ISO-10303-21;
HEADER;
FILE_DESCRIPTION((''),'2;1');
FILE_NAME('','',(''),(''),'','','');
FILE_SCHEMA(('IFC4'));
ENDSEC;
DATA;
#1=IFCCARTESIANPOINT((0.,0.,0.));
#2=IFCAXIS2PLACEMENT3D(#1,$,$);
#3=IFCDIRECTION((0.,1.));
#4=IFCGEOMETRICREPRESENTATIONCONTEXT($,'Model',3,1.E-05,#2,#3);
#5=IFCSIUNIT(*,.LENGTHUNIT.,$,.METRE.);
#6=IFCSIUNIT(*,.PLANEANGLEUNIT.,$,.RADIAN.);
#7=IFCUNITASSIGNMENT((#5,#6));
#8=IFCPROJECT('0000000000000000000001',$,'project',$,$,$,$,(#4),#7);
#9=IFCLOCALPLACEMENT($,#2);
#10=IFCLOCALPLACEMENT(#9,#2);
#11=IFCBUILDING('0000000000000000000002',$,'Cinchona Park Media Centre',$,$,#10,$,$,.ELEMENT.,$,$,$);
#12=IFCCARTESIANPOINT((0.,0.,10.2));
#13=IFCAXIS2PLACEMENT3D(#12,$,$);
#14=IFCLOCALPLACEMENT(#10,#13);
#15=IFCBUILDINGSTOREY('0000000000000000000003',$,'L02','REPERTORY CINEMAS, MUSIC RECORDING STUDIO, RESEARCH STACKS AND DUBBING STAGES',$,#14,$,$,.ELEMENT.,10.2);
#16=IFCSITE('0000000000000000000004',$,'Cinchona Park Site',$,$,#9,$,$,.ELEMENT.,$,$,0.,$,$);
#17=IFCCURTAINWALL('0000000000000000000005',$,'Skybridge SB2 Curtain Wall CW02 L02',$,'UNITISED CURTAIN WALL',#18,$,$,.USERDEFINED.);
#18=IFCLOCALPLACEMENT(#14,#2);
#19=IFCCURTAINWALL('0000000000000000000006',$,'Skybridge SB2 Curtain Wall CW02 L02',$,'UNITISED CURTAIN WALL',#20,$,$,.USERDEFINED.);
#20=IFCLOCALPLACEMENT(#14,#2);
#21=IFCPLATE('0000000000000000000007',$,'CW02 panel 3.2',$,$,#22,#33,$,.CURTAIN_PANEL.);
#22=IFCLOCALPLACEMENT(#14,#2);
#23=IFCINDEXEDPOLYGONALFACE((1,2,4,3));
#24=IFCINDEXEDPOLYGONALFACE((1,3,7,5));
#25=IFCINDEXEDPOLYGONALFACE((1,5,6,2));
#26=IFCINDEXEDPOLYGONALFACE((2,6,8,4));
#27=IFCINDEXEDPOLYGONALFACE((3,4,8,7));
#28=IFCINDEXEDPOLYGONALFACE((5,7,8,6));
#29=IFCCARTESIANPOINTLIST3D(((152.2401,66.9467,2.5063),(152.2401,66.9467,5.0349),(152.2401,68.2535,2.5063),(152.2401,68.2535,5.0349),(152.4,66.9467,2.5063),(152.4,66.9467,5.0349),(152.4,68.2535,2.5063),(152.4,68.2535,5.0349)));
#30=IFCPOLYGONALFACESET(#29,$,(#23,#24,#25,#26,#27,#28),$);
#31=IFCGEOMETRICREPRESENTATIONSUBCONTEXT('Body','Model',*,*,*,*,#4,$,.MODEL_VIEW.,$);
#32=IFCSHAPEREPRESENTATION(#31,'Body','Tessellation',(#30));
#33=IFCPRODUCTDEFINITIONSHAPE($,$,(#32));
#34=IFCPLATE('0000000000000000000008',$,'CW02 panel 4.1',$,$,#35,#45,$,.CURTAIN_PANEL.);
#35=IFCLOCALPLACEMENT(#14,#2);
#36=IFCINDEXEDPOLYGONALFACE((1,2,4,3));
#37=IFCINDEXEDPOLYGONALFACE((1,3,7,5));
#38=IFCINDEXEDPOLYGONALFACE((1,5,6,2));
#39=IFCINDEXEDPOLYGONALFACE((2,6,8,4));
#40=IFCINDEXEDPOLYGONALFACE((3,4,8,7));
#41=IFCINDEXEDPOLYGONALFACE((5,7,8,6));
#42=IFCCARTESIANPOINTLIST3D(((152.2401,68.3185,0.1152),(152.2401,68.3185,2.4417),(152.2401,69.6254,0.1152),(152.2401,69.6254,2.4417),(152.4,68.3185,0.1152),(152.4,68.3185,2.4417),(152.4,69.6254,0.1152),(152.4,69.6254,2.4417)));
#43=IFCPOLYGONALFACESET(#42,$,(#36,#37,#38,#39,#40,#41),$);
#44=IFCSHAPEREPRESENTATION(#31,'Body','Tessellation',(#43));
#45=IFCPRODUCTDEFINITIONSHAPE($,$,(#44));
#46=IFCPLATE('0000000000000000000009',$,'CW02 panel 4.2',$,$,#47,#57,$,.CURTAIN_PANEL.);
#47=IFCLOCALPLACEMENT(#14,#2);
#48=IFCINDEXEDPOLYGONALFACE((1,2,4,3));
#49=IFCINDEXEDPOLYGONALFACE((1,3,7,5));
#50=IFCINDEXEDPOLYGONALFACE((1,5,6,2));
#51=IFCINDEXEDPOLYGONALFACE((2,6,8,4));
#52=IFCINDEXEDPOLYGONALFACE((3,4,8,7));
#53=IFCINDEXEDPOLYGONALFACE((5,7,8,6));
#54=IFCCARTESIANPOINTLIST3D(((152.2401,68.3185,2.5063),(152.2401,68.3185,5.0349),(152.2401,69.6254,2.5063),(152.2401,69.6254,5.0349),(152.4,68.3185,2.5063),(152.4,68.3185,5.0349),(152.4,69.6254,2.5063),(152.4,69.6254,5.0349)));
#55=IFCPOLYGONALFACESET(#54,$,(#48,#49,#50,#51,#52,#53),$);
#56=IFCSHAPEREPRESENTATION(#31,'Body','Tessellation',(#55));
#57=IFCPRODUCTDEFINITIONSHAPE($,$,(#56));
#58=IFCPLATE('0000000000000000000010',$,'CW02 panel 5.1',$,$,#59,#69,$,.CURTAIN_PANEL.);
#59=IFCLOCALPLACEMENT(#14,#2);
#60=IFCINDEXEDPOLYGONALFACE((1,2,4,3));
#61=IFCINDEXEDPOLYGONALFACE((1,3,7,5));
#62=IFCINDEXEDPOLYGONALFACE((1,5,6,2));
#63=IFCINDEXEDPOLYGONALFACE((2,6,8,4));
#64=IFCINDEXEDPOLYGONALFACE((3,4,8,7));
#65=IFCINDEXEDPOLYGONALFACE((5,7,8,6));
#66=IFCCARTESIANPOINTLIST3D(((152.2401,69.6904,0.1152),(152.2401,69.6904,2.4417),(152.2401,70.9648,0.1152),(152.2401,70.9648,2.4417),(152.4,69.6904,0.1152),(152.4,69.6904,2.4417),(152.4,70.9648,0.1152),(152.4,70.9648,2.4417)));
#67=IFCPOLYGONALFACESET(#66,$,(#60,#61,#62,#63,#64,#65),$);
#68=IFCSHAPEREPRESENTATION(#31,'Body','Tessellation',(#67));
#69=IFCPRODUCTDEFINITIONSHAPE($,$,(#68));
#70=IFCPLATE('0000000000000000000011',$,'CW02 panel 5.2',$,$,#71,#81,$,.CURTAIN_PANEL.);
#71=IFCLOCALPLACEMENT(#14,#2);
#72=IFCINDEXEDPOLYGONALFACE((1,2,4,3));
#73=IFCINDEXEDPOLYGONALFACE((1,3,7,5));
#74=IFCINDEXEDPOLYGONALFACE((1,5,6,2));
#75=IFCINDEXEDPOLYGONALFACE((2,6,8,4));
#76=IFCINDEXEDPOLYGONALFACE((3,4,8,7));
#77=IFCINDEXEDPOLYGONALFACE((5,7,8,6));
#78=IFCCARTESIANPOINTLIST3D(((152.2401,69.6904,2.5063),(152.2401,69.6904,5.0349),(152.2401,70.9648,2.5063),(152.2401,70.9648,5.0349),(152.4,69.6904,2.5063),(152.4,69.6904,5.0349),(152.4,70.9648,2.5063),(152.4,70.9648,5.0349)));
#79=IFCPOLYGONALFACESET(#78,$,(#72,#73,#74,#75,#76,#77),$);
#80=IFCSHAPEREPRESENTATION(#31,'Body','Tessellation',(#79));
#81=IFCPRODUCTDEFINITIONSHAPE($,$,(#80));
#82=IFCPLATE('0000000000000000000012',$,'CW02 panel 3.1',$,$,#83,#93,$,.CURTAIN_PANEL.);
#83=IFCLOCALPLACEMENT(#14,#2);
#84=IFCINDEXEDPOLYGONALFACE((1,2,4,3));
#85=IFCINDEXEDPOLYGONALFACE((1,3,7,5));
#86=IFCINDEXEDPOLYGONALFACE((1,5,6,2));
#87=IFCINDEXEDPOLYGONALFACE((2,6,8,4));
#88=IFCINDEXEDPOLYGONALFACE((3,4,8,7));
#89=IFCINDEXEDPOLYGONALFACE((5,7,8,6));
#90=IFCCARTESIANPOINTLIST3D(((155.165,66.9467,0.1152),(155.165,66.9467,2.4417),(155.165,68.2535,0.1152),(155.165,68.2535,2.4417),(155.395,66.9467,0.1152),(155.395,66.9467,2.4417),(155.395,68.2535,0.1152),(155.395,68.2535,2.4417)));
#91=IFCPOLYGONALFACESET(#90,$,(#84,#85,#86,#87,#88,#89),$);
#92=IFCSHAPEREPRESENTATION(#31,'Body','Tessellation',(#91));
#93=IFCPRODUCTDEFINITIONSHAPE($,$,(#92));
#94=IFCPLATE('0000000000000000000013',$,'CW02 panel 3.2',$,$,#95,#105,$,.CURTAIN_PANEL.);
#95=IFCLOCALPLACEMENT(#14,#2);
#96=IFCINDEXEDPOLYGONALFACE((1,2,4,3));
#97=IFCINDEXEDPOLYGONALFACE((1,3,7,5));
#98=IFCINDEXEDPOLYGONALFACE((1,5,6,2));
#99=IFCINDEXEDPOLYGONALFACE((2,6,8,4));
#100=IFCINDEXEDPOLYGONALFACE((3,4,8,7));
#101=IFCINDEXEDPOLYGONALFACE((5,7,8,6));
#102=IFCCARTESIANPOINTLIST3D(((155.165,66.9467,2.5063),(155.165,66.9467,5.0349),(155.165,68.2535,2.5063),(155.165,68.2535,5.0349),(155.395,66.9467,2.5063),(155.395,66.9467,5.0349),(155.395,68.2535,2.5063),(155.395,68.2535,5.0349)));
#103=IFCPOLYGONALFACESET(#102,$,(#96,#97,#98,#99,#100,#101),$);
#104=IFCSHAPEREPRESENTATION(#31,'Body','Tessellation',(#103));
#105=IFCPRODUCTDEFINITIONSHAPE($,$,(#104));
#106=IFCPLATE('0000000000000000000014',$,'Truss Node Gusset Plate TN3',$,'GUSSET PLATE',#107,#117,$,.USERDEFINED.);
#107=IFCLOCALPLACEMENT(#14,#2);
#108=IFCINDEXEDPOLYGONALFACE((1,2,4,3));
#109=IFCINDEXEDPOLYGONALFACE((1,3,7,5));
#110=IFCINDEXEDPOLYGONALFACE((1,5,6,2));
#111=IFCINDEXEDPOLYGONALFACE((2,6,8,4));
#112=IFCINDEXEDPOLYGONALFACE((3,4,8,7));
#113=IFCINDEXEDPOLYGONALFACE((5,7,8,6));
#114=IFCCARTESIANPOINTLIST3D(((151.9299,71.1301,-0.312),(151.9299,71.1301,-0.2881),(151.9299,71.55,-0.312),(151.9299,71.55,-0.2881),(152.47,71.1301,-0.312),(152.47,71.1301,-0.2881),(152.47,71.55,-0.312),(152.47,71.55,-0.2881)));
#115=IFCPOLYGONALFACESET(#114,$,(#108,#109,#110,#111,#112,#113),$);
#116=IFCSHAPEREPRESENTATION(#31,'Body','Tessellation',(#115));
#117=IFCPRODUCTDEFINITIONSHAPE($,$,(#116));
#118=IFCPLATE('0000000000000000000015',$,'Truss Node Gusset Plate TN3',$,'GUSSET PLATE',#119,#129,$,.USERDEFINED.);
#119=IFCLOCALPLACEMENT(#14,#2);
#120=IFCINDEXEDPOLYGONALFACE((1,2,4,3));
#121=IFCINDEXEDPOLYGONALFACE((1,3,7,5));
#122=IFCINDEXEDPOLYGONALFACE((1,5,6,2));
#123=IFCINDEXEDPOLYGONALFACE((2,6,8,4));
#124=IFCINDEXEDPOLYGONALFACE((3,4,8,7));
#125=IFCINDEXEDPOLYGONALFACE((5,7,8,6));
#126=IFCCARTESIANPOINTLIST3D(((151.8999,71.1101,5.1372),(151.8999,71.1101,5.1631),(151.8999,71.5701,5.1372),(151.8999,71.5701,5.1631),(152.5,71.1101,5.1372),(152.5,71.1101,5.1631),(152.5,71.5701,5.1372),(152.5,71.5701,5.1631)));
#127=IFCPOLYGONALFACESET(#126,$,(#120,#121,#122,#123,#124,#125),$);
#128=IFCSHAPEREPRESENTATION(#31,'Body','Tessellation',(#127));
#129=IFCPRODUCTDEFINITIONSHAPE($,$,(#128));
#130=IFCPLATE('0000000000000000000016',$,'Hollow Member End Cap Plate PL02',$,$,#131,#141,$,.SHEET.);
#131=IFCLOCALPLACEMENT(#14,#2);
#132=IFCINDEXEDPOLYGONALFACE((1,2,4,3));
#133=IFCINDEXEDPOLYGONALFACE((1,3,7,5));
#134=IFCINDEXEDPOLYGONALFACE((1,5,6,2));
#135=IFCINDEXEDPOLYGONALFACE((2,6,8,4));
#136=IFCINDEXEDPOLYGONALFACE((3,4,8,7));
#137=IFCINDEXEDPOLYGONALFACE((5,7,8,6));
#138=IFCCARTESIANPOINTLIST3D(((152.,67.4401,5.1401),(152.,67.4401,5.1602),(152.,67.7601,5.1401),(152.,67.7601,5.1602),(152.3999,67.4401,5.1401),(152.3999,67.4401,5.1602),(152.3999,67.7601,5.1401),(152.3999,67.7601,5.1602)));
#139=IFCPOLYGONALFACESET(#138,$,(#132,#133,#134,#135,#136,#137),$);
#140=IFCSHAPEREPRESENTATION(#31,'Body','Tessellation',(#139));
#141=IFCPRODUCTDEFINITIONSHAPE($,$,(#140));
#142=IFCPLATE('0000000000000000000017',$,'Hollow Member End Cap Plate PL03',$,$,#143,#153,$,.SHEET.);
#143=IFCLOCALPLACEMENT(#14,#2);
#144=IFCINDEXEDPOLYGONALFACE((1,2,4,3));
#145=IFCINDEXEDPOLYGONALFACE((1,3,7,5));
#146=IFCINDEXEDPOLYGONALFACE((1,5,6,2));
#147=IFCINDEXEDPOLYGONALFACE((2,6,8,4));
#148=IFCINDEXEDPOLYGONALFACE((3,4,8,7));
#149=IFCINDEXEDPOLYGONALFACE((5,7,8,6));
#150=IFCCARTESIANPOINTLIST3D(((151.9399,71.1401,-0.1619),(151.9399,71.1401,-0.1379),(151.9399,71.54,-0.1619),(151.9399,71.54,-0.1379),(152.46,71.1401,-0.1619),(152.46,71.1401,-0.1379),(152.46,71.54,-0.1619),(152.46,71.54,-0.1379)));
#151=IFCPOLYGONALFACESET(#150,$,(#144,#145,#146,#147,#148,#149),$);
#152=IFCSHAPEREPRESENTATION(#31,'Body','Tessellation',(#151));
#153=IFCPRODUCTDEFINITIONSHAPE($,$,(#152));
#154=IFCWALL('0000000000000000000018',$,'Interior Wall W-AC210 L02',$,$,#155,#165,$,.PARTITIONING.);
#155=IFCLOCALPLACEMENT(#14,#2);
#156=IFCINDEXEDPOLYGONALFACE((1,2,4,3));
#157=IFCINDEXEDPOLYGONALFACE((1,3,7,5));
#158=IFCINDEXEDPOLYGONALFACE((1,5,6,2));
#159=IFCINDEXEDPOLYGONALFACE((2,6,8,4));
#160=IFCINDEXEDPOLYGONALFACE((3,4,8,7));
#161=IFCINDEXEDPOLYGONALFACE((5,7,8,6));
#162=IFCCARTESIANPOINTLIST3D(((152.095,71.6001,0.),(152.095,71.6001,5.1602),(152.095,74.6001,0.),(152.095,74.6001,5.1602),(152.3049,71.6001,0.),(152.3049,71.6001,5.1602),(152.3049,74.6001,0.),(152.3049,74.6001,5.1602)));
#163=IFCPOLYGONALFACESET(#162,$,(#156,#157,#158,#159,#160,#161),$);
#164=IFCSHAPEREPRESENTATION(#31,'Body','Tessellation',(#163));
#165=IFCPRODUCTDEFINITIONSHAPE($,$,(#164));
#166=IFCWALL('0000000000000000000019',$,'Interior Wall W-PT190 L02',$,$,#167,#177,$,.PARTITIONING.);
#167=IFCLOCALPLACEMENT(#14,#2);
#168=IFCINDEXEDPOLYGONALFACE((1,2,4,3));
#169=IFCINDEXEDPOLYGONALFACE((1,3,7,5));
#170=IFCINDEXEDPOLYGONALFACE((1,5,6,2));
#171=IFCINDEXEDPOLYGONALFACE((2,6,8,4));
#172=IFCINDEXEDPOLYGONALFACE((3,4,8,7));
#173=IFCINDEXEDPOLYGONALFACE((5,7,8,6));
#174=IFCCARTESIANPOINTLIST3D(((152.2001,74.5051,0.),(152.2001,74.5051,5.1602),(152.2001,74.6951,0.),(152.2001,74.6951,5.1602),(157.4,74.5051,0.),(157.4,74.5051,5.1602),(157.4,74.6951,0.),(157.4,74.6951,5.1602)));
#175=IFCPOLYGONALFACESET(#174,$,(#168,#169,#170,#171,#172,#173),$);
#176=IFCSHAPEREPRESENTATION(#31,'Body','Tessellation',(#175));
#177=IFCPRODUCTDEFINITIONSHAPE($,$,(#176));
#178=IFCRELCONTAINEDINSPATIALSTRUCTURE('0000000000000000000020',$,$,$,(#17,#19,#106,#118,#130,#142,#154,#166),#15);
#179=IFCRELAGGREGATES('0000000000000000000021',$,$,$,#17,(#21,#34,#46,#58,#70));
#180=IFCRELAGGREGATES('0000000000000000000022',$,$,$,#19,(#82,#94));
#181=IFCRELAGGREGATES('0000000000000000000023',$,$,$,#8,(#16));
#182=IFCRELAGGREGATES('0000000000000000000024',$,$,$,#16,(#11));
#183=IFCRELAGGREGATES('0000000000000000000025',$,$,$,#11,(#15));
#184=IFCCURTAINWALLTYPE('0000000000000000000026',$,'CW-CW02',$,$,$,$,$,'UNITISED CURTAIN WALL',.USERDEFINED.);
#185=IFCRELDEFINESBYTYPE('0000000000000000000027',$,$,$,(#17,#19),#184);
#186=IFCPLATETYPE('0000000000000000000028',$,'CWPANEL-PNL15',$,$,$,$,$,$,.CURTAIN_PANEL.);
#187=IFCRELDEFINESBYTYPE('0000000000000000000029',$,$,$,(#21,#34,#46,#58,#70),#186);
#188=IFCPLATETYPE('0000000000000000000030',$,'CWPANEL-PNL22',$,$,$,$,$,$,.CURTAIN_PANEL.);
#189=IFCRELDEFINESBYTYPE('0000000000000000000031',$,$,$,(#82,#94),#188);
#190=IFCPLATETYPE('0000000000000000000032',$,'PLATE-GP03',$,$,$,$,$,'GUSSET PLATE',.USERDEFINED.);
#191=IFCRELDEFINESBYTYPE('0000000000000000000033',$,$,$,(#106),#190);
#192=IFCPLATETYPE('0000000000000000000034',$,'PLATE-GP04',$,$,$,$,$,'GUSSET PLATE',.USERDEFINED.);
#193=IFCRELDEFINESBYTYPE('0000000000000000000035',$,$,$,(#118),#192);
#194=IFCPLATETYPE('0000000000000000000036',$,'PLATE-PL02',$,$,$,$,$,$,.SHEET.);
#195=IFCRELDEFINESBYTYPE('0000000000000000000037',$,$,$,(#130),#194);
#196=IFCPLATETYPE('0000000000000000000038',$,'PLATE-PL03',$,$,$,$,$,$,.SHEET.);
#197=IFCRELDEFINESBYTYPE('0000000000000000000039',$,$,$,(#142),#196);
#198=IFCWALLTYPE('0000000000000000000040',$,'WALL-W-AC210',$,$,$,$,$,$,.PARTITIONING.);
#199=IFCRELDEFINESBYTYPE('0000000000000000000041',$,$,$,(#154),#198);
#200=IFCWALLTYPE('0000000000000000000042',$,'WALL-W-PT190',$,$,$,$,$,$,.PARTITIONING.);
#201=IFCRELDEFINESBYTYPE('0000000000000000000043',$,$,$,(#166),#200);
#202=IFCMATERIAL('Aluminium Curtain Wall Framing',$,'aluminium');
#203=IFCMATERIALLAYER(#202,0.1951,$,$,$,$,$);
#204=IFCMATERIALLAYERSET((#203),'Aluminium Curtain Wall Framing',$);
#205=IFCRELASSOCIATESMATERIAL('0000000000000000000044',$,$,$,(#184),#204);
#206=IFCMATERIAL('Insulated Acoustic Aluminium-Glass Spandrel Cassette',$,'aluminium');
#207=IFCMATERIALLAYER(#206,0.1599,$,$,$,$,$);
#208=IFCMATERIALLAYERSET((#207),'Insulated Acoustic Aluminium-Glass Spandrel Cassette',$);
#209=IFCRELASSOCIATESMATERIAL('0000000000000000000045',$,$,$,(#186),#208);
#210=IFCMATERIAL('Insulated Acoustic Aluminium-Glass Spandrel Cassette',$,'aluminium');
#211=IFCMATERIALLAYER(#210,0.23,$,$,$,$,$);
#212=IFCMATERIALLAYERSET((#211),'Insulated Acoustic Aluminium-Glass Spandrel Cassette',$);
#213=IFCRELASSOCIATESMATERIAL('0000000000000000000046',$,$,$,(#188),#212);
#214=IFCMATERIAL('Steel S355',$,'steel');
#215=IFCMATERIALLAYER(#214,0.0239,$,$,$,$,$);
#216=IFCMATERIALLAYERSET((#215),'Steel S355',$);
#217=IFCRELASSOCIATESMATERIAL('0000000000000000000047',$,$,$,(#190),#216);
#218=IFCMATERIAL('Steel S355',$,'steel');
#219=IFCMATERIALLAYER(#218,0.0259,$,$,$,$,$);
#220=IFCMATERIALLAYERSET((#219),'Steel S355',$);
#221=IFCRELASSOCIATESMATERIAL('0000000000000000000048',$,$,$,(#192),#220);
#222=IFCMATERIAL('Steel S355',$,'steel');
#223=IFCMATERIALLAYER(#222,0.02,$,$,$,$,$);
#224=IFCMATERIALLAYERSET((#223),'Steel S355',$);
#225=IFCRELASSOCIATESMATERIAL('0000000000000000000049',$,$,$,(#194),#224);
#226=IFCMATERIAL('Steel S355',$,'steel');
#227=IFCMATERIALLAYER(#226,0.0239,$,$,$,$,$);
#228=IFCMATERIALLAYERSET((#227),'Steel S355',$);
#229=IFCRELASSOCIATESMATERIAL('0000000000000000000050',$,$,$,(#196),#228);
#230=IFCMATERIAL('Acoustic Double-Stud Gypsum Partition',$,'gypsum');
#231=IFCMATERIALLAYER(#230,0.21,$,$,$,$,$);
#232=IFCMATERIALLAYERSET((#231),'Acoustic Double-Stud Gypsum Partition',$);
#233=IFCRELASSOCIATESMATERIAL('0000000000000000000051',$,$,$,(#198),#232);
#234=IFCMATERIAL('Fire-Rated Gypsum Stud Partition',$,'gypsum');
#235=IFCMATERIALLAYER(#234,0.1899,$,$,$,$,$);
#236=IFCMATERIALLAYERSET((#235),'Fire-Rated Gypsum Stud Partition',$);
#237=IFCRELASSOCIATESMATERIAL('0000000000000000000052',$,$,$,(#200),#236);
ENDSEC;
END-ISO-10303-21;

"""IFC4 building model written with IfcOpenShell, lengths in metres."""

from ifc_helpers import new_model, si_unit, direction, frame, frame_2d, origin, origin_2d, place, context, subcontext, project, spatial, rectangle, extrude, material, layer, layer_set, type_object, element, aggregate, save


model = new_model("IFC4")

# Units and contexts
model_context = context("Model", 3, precision=1e-05, world=origin(), true_north=direction((0.0, 1.0)))
body_context = subcontext(model_context, "Body", "Model", "MODEL_VIEW")
ifc_project = project(units=[si_unit("LENGTHUNIT", "METRE"), si_unit("PLANEANGLEUNIT", "RADIAN")], contexts=[model_context])

# Site, building, storey
site_placement = place(None, origin())
site = spatial("IfcSite", under=ifc_project, at=site_placement, Name="Cinchona Park Site", CompositionType="ELEMENT", RefElevation=0.0)
building_placement = place(site_placement, origin())
building = spatial("IfcBuilding", under=site, at=building_placement, Name="Cinchona Park Media Centre", CompositionType="ELEMENT")
storey_placement = place(building_placement, frame((0.0, 0.0, 10.2)))
storey = spatial("IfcBuildingStorey", under=building, at=storey_placement, Name="L02", Description="REPERTORY CINEMAS, MUSIC RECORDING STUDIO, RESEARCH STACKS AND DUBBING STAGES", CompositionType="ELEMENT", Elevation=10.2)

# Curtain wall
ifc_material_1 = material(Name="Aluminium Curtain Wall Framing", Category="aluminium")
ifc_layer_1 = layer(ifc_material_1, 0.1951)
ifc_layer_set_1 = layer_set([ifc_layer_1], Name="Aluminium Curtain Wall Framing")
curtain_wall_type = type_object("IfcCurtainWallType", Name="CW-CW02", ElementType="UNITISED CURTAIN WALL", PredefinedType="USERDEFINED", material=ifc_layer_set_1)
curtain_wall_1_placement = place(storey_placement, origin())
curtain_wall_1 = element("IfcCurtainWall", 1, at=curtain_wall_1_placement, inside=storey, type_object=curtain_wall_type, Name="Skybridge SB2 Curtain Wall CW02 L02", ObjectType="UNITISED CURTAIN WALL", PredefinedType="USERDEFINED")

# Curtain wall
curtain_wall_2_placement = place(storey_placement, origin())
curtain_wall_2 = element("IfcCurtainWall", 2, at=curtain_wall_2_placement, inside=storey, type_object=curtain_wall_type, Name="Skybridge SB2 Curtain Wall CW02 L02", ObjectType="UNITISED CURTAIN WALL", PredefinedType="USERDEFINED")

# Plates
ifc_material_2 = material(Name="Insulated Acoustic Aluminium-Glass Spandrel Cassette", Category="aluminium")
ifc_layer_2 = layer(ifc_material_2, 0.1599)
ifc_layer_set_2 = layer_set([ifc_layer_2], Name="Insulated Acoustic Aluminium-Glass Spandrel Cassette")
plate_type_1 = type_object("IfcPlateType", Name="CWPANEL-PNL15", PredefinedType="CURTAIN_PANEL", material=ifc_layer_set_2)
plate_1_placement = place(storey_placement, frame((152.3201, 67.6001, 2.5063), z_axis=(0.0, 0.0, 1.0), x_axis=(0.0, 1.0, 0.0)))
plate_1 = element("IfcPlate", 3, at=plate_1_placement, type_object=plate_type_1, Name="CW02 panel 3.2", PredefinedType="CURTAIN_PANEL", context=body_context, shape_type="SweptSolid", body=[
    extrude(rectangle(XDim=1.3069, YDim=0.1599, at=origin_2d()), origin(), (0.0, 0.0, 1.0), 2.5286),
])
plate_2_placement = place(storey_placement, frame((152.3201, 68.9719, 0.1152), z_axis=(0.0, 0.0, 1.0), x_axis=(0.0, 1.0, 0.0)))
plate_2 = element("IfcPlate", 4, at=plate_2_placement, type_object=plate_type_1, Name="CW02 panel 4.1", PredefinedType="CURTAIN_PANEL", context=body_context, shape_type="SweptSolid", body=[
    extrude(rectangle(XDim=1.3069, YDim=0.1599, at=origin_2d()), origin(), (0.0, 0.0, 1.0), 2.3264),
])
plate_3_placement = place(storey_placement, frame((152.3201, 68.9719, 2.5063), z_axis=(0.0, 0.0, 1.0), x_axis=(0.0, 1.0, 0.0)))
plate_3 = element("IfcPlate", 5, at=plate_3_placement, type_object=plate_type_1, Name="CW02 panel 4.2", PredefinedType="CURTAIN_PANEL", context=body_context, shape_type="SweptSolid", body=[
    extrude(rectangle(XDim=1.3069, YDim=0.1599, at=origin_2d()), origin(), (0.0, 0.0, 1.0), 2.5286),
])
plate_4_placement = place(storey_placement, frame((152.3201, 70.3276, 0.1152), z_axis=(0.0, 0.0, 1.0), x_axis=(0.0, 1.0, 0.0)))
plate_4 = element("IfcPlate", 6, at=plate_4_placement, type_object=plate_type_1, Name="CW02 panel 5.1", PredefinedType="CURTAIN_PANEL", context=body_context, shape_type="SweptSolid", body=[
    extrude(rectangle(XDim=1.2744, YDim=0.1599, at=origin_2d()), origin(), (0.0, 0.0, 1.0), 2.3264),
])
plate_5_placement = place(storey_placement, frame((152.3201, 70.3276, 2.5063), z_axis=(0.0, 0.0, 1.0), x_axis=(0.0, 1.0, 0.0)))
plate_5 = element("IfcPlate", 7, at=plate_5_placement, type_object=plate_type_1, Name="CW02 panel 5.2", PredefinedType="CURTAIN_PANEL", context=body_context, shape_type="SweptSolid", body=[
    extrude(rectangle(XDim=1.2744, YDim=0.1599, at=origin_2d()), origin(), (0.0, 0.0, 1.0), 2.5286),
])
aggregate(curtain_wall_1, [plate_1, plate_2, plate_3, plate_4, plate_5])
ifc_material_3 = material(Name="Insulated Acoustic Aluminium-Glass Spandrel Cassette", Category="aluminium")
ifc_layer_3 = layer(ifc_material_3, 0.23)
ifc_layer_set_3 = layer_set([ifc_layer_3], Name="Insulated Acoustic Aluminium-Glass Spandrel Cassette")
plate_type_2 = type_object("IfcPlateType", Name="CWPANEL-PNL22", PredefinedType="CURTAIN_PANEL", material=ifc_layer_set_3)
plate_6_placement = place(storey_placement, frame((155.28, 67.6001, 0.1152), z_axis=(0.0, 0.0, 1.0), x_axis=(0.0, -1.0, 0.0)))
plate_6 = element("IfcPlate", 8, at=plate_6_placement, type_object=plate_type_2, Name="CW02 panel 3.1", PredefinedType="CURTAIN_PANEL", context=body_context, shape_type="SweptSolid", body=[
    extrude(rectangle(XDim=1.3069, YDim=0.23, at=origin_2d()), origin(), (0.0, 0.0, 1.0), 2.3264),
])
plate_7_placement = place(storey_placement, frame((155.28, 67.6001, 2.5063), z_axis=(0.0, 0.0, 1.0), x_axis=(0.0, -1.0, 0.0)))
plate_7 = element("IfcPlate", 9, at=plate_7_placement, type_object=plate_type_2, Name="CW02 panel 3.2", PredefinedType="CURTAIN_PANEL", context=body_context, shape_type="SweptSolid", body=[
    extrude(rectangle(XDim=1.3069, YDim=0.23, at=origin_2d()), origin(), (0.0, 0.0, 1.0), 2.5286),
])
aggregate(curtain_wall_2, [plate_6, plate_7])

# Plates
ifc_material_4 = material(Name="Steel S355", Category="steel")
ifc_layer_4 = layer(ifc_material_4, 0.0239)
ifc_layer_set_4 = layer_set([ifc_layer_4], Name="Steel S355")
plate_type_3 = type_object("IfcPlateType", Name="PLATE-GP03", ElementType="GUSSET PLATE", PredefinedType="USERDEFINED", material=ifc_layer_set_4)
plate_8_placement = place(storey_placement, frame((152.2, 71.3401, -0.312), z_axis=(0.0, 0.0, 1.0), x_axis=(1.0, 0.0, 0.0)))
element("IfcPlate", 10, at=plate_8_placement, inside=storey, type_object=plate_type_3, Name="Truss Node Gusset Plate TN3", ObjectType="GUSSET PLATE", PredefinedType="USERDEFINED", context=body_context, shape_type="SweptSolid", body=[
    extrude(rectangle(XDim=0.54, YDim=0.4199, at=origin_2d()), origin(), (0.0, 0.0, 1.0), 0.0239),
])
ifc_material_5 = material(Name="Steel S355", Category="steel")
ifc_layer_5 = layer(ifc_material_5, 0.0259)
ifc_layer_set_5 = layer_set([ifc_layer_5], Name="Steel S355")
plate_type_4 = type_object("IfcPlateType", Name="PLATE-GP04", ElementType="GUSSET PLATE", PredefinedType="USERDEFINED", material=ifc_layer_set_5)
plate_9_placement = place(storey_placement, frame((152.2, 71.3401, 5.1372), z_axis=(0.0, 0.0, 1.0), x_axis=(1.0, 0.0, 0.0)))
element("IfcPlate", 11, at=plate_9_placement, inside=storey, type_object=plate_type_4, Name="Truss Node Gusset Plate TN3", ObjectType="GUSSET PLATE", PredefinedType="USERDEFINED", context=body_context, shape_type="SweptSolid", body=[
    extrude(rectangle(XDim=0.6001, YDim=0.46, at=origin_2d()), origin(), (0.0, 0.0, 1.0), 0.0259),
])
ifc_material_6 = material(Name="Steel S355", Category="steel")
ifc_layer_6 = layer(ifc_material_6, 0.02)
ifc_layer_set_6 = layer_set([ifc_layer_6], Name="Steel S355")
plate_type_5 = type_object("IfcPlateType", Name="PLATE-PL02", PredefinedType="SHEET", material=ifc_layer_set_6)
plate_10_placement = place(storey_placement, frame((152.2, 67.6001, 5.1401), z_axis=(0.0, 0.0, 1.0), x_axis=(1.0, 0.0, 0.0)))
element("IfcPlate", 12, at=plate_10_placement, inside=storey, type_object=plate_type_5, Name="Hollow Member End Cap Plate PL02", PredefinedType="SHEET", context=body_context, shape_type="SweptSolid", body=[
    extrude(rectangle(XDim=0.3999, YDim=0.3201, at=origin_2d()), origin(), (0.0, 0.0, 1.0), 0.02),
])
ifc_material_7 = material(Name="Steel S355", Category="steel")
ifc_layer_7 = layer(ifc_material_7, 0.0239)
ifc_layer_set_7 = layer_set([ifc_layer_7], Name="Steel S355")
plate_type_6 = type_object("IfcPlateType", Name="PLATE-PL03", PredefinedType="SHEET", material=ifc_layer_set_7)
plate_11_placement = place(storey_placement, frame((152.2, 71.3401, -0.1619), z_axis=(0.0, 0.0, 1.0), x_axis=(1.0, 0.0, 0.0)))
element("IfcPlate", 13, at=plate_11_placement, inside=storey, type_object=plate_type_6, Name="Hollow Member End Cap Plate PL03", PredefinedType="SHEET", context=body_context, shape_type="SweptSolid", body=[
    extrude(rectangle(XDim=0.52, YDim=0.3999, at=origin_2d()), origin(), (0.0, 0.0, 1.0), 0.0239),
])

# Walls
ifc_material_8 = material(Name="Acoustic Double-Stud Gypsum Partition", Category="gypsum")
ifc_layer_8 = layer(ifc_material_8, 0.21)
ifc_layer_set_8 = layer_set([ifc_layer_8], Name="Acoustic Double-Stud Gypsum Partition")
wall_type_1 = type_object("IfcWallType", Name="WALL-W-AC210", PredefinedType="PARTITIONING", material=ifc_layer_set_8)
wall_1_placement = place(storey_placement, frame((152.2, 71.6001, 0.0), z_axis=(0.0, 0.0, 1.0), x_axis=(0.0, 1.0, 0.0)))
element("IfcWall", 14, at=wall_1_placement, inside=storey, type_object=wall_type_1, Name="Interior Wall W-AC210 L02", PredefinedType="PARTITIONING", context=body_context, shape_type="SweptSolid", body=[
    extrude(rectangle(XDim=3.0, YDim=0.21, at=frame_2d((1.5, 0.0))), origin(), (0.0, 0.0, 1.0), 5.1602),
])
ifc_material_9 = material(Name="Fire-Rated Gypsum Stud Partition", Category="gypsum")
ifc_layer_9 = layer(ifc_material_9, 0.1899)
ifc_layer_set_9 = layer_set([ifc_layer_9], Name="Fire-Rated Gypsum Stud Partition")
wall_type_2 = type_object("IfcWallType", Name="WALL-W-PT190", PredefinedType="PARTITIONING", material=ifc_layer_set_9)
wall_2_placement = place(storey_placement, frame((152.2, 74.6001, 0.0), z_axis=(0.0, 0.0, 1.0), x_axis=(1.0, 0.0, 0.0)))
element("IfcWall", 15, at=wall_2_placement, inside=storey, type_object=wall_type_2, Name="Interior Wall W-PT190 L02", PredefinedType="PARTITIONING", context=body_context, shape_type="SweptSolid", body=[
    extrude(rectangle(XDim=5.2, YDim=0.1899, at=frame_2d((2.6001, 0.0))), origin(), (0.0, 0.0, 1.0), 5.1602),
])

save(model, "model.ifc")
